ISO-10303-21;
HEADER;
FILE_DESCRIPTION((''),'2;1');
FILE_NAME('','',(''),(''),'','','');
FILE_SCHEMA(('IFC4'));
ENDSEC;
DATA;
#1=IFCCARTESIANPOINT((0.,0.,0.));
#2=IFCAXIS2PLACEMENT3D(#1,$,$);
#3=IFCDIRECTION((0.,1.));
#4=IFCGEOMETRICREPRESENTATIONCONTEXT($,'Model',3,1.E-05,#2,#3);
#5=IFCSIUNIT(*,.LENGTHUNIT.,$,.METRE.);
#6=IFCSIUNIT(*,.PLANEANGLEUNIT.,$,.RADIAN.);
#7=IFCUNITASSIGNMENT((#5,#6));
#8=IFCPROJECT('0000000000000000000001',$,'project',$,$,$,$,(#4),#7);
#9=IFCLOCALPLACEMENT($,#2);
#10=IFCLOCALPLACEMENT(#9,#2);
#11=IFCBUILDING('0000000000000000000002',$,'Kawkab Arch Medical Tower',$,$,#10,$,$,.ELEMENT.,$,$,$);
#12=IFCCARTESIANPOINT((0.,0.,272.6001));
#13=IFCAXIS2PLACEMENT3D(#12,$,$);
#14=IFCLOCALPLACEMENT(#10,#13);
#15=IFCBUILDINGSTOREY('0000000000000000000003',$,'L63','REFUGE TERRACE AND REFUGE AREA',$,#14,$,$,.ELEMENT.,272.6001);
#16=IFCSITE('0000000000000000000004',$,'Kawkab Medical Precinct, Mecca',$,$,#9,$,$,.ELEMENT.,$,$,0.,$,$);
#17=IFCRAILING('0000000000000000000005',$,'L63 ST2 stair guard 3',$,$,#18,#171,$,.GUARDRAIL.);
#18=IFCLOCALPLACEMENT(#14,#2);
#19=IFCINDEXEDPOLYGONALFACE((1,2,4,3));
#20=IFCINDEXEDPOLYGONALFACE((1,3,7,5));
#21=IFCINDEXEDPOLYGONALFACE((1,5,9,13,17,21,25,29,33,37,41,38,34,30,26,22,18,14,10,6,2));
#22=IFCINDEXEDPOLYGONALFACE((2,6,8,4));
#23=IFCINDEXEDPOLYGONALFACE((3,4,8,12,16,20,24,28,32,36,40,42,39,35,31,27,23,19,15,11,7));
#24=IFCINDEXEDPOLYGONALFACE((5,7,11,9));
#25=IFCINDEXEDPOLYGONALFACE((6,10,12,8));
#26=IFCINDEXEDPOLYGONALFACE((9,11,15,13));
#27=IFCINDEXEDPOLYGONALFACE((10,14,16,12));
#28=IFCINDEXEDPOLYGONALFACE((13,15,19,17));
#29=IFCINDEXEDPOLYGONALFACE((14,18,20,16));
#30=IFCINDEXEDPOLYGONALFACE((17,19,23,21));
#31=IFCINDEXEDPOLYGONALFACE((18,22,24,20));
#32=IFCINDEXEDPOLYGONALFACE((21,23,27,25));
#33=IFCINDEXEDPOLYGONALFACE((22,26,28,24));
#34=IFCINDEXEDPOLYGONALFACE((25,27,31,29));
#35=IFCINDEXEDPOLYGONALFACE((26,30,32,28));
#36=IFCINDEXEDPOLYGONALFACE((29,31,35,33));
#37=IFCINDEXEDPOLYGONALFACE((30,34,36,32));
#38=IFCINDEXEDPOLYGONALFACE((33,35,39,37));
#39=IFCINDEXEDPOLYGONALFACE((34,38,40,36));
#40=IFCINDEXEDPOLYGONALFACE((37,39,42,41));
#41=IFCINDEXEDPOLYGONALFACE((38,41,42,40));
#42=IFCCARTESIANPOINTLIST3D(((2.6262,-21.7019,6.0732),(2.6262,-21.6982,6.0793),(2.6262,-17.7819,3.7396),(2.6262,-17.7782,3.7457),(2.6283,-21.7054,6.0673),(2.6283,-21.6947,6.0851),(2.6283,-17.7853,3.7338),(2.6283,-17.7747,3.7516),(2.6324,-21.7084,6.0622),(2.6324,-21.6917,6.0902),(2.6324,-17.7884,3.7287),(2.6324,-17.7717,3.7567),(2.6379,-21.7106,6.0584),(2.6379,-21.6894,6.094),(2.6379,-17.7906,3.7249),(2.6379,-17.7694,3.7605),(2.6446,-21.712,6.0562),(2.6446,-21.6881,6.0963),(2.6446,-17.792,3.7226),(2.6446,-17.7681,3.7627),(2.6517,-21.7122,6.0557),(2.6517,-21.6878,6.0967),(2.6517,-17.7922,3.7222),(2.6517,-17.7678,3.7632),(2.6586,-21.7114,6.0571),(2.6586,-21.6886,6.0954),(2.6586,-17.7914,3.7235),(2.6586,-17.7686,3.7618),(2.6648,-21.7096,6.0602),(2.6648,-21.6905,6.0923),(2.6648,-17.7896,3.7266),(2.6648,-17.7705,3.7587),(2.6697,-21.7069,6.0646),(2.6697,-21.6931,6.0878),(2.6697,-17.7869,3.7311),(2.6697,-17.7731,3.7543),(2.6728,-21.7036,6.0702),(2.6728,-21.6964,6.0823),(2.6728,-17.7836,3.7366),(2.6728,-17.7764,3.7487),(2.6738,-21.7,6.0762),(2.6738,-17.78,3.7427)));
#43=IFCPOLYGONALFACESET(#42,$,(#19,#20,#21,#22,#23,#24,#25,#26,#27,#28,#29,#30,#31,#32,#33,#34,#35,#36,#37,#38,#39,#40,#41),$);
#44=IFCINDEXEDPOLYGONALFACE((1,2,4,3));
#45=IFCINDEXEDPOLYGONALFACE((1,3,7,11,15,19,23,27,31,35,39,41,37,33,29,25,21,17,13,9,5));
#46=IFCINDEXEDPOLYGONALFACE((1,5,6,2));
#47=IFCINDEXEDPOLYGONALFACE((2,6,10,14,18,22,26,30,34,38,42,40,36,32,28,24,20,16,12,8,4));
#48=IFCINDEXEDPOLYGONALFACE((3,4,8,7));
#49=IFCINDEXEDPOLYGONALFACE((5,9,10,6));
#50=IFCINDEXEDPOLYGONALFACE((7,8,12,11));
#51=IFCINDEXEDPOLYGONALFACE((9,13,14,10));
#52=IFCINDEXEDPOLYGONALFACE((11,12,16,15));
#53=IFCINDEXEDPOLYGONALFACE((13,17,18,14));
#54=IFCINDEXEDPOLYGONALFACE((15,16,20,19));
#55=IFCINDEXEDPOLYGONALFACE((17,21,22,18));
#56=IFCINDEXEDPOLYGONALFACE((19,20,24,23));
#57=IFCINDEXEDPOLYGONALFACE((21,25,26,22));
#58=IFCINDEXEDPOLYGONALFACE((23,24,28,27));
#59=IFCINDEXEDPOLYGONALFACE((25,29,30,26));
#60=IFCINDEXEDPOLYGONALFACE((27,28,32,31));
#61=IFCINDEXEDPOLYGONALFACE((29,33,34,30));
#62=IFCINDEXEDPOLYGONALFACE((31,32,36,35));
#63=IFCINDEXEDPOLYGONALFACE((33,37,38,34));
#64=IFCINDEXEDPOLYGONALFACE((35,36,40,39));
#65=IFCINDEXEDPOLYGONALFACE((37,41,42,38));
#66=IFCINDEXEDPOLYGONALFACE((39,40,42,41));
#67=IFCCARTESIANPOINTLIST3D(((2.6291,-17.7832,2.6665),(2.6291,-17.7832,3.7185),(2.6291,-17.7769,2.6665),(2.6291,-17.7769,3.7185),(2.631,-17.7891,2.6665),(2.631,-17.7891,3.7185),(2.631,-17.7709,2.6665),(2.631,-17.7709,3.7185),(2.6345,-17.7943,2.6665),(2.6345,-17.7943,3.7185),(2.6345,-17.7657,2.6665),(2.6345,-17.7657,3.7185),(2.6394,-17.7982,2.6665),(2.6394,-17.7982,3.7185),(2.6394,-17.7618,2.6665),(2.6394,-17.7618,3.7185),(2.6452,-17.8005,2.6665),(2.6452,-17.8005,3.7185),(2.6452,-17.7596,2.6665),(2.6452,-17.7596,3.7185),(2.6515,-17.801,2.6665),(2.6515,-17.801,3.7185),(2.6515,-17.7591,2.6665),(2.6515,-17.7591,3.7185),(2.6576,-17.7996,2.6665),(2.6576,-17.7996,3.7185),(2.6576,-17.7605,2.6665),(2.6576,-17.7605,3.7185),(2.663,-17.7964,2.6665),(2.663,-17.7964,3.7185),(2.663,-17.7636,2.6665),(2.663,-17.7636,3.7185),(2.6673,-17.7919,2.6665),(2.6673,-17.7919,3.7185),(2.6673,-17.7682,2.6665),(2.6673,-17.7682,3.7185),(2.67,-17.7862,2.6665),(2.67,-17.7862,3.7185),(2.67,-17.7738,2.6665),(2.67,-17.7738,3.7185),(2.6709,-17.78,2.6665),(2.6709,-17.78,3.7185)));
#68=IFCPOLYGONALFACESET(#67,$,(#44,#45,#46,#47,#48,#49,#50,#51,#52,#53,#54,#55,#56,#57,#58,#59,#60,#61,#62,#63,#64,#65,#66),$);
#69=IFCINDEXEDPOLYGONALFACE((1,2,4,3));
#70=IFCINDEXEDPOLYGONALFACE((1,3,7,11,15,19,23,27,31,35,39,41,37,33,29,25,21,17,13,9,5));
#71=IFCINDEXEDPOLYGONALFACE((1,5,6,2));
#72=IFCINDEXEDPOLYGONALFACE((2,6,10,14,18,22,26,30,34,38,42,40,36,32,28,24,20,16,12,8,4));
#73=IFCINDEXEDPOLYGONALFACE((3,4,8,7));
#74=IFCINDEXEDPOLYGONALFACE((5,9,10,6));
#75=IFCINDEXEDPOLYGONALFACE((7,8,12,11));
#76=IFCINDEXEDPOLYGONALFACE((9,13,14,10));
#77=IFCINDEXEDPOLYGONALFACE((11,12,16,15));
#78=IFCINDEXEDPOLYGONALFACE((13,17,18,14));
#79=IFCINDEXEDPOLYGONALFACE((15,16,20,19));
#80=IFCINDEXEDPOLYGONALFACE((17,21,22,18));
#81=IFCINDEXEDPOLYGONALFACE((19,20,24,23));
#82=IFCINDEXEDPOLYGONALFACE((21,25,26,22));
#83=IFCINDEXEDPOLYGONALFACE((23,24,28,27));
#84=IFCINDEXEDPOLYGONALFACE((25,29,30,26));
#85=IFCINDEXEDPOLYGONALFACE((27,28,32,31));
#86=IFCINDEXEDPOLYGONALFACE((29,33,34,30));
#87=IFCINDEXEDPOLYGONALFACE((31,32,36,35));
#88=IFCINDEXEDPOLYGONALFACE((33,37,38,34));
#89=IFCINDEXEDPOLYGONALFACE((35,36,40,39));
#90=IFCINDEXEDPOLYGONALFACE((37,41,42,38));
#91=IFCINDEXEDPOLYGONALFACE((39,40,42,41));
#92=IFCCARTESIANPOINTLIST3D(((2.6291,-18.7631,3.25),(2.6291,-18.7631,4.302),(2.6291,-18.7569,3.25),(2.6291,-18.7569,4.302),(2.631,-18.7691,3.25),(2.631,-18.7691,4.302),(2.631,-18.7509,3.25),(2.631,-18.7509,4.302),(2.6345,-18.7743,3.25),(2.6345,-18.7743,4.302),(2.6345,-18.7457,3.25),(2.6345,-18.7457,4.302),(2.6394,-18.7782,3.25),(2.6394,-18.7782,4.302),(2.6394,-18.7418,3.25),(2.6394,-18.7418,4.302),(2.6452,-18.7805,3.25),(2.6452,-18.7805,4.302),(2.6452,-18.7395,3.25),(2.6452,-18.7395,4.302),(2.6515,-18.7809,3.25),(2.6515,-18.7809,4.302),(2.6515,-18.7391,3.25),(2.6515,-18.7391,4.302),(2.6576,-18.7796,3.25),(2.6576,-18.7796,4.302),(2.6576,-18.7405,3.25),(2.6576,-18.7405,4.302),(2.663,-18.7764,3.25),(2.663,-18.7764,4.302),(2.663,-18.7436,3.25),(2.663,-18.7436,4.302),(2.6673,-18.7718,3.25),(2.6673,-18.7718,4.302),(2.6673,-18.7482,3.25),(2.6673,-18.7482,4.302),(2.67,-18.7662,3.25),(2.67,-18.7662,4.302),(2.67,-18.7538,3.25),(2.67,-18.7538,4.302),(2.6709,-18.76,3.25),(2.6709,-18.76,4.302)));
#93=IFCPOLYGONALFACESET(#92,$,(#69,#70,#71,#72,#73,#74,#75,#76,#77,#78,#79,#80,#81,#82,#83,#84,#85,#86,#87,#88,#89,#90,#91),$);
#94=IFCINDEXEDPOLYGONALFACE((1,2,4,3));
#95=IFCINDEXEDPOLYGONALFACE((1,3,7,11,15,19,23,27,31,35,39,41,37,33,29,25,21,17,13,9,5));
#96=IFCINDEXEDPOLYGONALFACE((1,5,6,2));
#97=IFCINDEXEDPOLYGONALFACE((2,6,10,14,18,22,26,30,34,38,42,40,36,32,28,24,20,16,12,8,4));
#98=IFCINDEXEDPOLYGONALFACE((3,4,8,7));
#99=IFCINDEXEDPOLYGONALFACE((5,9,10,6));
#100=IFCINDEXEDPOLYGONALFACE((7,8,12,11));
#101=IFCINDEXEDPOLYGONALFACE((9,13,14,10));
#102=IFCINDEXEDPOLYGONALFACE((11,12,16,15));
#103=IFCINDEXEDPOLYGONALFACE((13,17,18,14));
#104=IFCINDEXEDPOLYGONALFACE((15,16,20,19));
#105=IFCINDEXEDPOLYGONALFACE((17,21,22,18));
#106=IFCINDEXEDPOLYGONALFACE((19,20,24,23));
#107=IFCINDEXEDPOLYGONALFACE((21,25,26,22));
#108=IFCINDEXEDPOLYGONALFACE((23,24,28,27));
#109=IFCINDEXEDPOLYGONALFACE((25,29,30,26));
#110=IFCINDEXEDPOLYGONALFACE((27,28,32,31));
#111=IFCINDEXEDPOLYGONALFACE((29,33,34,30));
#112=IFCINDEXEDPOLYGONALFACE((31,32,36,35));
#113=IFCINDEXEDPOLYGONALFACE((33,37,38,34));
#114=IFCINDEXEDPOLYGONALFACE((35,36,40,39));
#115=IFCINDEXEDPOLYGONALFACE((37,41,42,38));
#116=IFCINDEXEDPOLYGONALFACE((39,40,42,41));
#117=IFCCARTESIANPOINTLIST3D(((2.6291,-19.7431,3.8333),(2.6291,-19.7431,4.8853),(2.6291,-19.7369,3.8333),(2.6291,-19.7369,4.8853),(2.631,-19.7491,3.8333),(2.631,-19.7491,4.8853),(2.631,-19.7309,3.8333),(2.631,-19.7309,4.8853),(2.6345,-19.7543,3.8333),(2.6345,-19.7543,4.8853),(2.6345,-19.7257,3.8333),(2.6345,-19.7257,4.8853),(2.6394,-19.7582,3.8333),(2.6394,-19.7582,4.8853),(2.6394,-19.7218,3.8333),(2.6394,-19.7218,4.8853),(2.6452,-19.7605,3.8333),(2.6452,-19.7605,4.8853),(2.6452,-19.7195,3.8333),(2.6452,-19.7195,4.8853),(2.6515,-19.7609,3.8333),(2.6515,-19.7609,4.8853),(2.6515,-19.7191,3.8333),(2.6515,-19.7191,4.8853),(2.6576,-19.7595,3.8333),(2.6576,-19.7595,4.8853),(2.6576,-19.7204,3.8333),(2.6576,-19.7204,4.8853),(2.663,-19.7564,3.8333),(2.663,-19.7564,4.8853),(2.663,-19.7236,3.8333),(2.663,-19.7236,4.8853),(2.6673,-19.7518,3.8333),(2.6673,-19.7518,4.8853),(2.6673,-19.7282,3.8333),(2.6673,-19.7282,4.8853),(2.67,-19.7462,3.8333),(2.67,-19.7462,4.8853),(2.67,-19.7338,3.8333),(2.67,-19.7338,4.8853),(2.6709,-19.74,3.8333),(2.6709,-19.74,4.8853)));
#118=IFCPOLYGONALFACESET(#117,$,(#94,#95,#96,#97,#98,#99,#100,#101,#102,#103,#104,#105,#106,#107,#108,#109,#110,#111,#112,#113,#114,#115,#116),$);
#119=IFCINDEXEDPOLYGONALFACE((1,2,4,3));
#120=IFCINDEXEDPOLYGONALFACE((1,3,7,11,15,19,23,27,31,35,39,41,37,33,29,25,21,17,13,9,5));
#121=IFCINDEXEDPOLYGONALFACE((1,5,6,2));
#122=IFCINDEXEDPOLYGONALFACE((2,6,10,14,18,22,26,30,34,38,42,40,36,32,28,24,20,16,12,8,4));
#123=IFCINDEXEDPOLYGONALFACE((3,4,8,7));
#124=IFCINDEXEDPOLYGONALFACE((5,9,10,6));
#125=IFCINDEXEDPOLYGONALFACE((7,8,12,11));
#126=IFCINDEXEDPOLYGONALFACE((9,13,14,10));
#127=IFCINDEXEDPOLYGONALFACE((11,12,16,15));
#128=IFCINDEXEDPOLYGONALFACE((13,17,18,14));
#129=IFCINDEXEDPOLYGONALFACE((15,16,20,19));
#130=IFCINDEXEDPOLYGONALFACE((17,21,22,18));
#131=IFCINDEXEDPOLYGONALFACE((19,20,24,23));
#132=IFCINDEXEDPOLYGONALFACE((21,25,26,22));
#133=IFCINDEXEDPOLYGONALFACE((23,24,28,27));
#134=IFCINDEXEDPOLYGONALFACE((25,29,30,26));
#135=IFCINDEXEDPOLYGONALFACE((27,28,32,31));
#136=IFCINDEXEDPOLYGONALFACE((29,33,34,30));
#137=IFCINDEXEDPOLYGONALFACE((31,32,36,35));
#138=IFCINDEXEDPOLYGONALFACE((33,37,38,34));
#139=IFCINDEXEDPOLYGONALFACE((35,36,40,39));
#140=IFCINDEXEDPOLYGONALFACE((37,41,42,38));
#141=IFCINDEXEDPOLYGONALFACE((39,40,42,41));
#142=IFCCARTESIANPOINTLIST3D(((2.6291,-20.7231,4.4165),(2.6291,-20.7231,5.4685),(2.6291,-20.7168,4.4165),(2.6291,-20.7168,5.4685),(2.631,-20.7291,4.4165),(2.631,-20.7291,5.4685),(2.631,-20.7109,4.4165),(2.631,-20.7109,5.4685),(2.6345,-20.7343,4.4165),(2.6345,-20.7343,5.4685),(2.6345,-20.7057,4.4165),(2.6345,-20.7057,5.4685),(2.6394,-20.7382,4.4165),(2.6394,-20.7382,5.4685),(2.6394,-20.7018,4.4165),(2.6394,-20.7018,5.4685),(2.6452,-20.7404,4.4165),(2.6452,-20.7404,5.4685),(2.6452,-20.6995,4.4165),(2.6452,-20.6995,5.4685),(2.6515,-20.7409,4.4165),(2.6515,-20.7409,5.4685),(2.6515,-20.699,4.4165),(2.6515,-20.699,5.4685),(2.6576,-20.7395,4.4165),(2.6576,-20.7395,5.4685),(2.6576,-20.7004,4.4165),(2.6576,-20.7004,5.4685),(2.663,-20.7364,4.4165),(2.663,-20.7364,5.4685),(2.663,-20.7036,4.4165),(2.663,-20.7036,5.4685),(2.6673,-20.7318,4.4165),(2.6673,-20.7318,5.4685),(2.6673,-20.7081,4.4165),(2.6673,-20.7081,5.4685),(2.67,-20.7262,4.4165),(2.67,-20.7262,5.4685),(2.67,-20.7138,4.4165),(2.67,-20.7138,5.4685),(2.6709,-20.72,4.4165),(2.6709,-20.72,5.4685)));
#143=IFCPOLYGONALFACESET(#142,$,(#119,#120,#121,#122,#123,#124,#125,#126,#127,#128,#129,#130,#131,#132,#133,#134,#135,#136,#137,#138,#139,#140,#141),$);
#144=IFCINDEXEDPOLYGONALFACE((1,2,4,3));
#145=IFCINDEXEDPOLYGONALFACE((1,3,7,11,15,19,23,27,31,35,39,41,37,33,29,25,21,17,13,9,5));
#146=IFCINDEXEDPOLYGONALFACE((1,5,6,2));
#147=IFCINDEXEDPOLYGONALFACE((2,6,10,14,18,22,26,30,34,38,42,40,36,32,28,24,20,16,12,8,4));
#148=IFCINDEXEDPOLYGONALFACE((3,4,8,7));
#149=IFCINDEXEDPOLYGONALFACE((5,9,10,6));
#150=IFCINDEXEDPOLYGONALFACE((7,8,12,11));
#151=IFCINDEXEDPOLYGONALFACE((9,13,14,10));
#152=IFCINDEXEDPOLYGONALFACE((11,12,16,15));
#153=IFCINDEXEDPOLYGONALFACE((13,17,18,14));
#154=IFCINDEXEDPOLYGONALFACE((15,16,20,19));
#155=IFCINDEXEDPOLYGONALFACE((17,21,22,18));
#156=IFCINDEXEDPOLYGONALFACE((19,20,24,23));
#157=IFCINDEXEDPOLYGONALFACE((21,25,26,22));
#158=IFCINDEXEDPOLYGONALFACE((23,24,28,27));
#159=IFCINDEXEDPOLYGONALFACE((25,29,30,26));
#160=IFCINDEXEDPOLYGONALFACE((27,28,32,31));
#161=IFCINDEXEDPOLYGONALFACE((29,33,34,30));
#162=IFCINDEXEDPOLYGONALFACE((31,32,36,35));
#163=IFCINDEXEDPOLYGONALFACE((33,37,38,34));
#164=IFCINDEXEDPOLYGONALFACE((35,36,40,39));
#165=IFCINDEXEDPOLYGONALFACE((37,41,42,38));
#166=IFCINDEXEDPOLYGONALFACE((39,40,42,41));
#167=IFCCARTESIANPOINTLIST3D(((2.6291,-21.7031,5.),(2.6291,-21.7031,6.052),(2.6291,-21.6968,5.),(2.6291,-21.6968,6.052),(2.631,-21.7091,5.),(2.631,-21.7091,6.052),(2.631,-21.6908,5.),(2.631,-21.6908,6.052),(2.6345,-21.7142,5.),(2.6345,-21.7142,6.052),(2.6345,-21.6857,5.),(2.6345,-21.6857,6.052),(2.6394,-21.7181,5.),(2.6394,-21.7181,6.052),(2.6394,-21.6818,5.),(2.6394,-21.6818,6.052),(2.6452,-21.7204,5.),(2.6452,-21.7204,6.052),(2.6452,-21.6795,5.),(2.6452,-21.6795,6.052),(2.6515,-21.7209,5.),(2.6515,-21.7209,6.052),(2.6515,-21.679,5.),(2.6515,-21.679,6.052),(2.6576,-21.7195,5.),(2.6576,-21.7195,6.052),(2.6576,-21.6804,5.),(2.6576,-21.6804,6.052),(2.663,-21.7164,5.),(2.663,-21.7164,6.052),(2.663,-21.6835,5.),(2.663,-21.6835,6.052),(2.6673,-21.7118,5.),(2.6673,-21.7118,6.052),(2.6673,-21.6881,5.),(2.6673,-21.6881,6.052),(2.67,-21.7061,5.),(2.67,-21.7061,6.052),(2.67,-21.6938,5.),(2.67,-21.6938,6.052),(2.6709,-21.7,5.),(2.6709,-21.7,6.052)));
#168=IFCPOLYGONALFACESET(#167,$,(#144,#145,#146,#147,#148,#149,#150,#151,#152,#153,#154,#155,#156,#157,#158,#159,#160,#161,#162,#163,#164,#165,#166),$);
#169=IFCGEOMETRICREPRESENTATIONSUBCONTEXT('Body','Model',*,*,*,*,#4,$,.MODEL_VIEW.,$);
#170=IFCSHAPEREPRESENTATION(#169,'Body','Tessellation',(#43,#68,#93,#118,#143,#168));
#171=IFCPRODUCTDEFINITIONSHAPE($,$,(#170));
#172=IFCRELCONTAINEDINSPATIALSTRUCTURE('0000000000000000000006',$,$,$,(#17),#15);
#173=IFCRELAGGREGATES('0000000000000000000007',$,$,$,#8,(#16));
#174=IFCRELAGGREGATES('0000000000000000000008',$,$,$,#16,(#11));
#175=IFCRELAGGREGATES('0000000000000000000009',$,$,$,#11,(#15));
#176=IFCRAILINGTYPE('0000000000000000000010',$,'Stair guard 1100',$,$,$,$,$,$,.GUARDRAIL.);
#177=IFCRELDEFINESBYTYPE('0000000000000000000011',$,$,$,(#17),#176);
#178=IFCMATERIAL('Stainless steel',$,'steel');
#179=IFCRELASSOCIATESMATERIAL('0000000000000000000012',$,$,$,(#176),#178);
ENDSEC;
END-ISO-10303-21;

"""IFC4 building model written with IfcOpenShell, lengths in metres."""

from ifc_helpers import new_model, si_unit, direction, frame, origin, origin_2d, place, context, subcontext, project, spatial, circle, extrude, material, type_object, element, save


model = new_model("IFC4")

# Units and contexts
model_context = context("Model", 3, precision=1e-05, world=origin(), true_north=direction((0.0, 1.0)))
body_context = subcontext(model_context, "Body", "Model", "MODEL_VIEW")
ifc_project = project(units=[si_unit("LENGTHUNIT", "METRE"), si_unit("PLANEANGLEUNIT", "RADIAN")], contexts=[model_context])

# Site, building, storey
site_placement = place(None, origin())
site = spatial("IfcSite", under=ifc_project, at=site_placement, Name="Kawkab Medical Precinct, Mecca", CompositionType="ELEMENT", RefElevation=0.0)
building_placement = place(site_placement, origin())
building = spatial("IfcBuilding", under=site, at=building_placement, Name="Kawkab Arch Medical Tower", CompositionType="ELEMENT")
storey_placement = place(building_placement, frame((0.0, 0.0, 272.6001)))
storey = spatial("IfcBuildingStorey", under=building, at=storey_placement, Name="L63", Description="REFUGE TERRACE AND REFUGE AREA", CompositionType="ELEMENT", Elevation=272.6001)

# Railing
ifc_material_1 = material(Name="Stainless steel", Category="steel")
railing_type = type_object("IfcRailingType", Name="Stair guard 1100", PredefinedType="GUARDRAIL", material=ifc_material_1)
railing_1_placement = place(storey_placement, frame((2.6499, -17.78, 2.6665)))
element("IfcRailing", 1, at=railing_1_placement, inside=storey, type_object=railing_type, Name="L63 ST2 stair guard 3", PredefinedType="GUARDRAIL", context=body_context, shape_type="SweptSolid", body=[
    extrude(circle(Radius=0.0239, at=origin_2d()), frame((0.0, 0.0, 1.0762), z_axis=(0.0, -0.859273, 0.511518), x_axis=(1.0, 0.0, 0.0)), (0.0, 0.0, 1.0), 4.562),
    extrude(circle(Radius=0.021, at=origin_2d()), origin(), (0.0, 0.0, 1.0), 1.052),
    extrude(circle(Radius=0.021, at=origin_2d()), frame((0.0, -0.98, 0.5835)), (0.0, 0.0, 1.0), 1.052),
    extrude(circle(Radius=0.021, at=origin_2d()), frame((0.0, -1.96, 1.1667)), (0.0, 0.0, 1.0), 1.052),
    extrude(circle(Radius=0.021, at=origin_2d()), frame((0.0, -2.9399, 1.75)), (0.0, 0.0, 1.0), 1.052),
    extrude(circle(Radius=0.021, at=origin_2d()), frame((0.0, -3.9199, 2.3335)), (0.0, 0.0, 1.0), 1.052),
])

save(model, "model.ifc")
